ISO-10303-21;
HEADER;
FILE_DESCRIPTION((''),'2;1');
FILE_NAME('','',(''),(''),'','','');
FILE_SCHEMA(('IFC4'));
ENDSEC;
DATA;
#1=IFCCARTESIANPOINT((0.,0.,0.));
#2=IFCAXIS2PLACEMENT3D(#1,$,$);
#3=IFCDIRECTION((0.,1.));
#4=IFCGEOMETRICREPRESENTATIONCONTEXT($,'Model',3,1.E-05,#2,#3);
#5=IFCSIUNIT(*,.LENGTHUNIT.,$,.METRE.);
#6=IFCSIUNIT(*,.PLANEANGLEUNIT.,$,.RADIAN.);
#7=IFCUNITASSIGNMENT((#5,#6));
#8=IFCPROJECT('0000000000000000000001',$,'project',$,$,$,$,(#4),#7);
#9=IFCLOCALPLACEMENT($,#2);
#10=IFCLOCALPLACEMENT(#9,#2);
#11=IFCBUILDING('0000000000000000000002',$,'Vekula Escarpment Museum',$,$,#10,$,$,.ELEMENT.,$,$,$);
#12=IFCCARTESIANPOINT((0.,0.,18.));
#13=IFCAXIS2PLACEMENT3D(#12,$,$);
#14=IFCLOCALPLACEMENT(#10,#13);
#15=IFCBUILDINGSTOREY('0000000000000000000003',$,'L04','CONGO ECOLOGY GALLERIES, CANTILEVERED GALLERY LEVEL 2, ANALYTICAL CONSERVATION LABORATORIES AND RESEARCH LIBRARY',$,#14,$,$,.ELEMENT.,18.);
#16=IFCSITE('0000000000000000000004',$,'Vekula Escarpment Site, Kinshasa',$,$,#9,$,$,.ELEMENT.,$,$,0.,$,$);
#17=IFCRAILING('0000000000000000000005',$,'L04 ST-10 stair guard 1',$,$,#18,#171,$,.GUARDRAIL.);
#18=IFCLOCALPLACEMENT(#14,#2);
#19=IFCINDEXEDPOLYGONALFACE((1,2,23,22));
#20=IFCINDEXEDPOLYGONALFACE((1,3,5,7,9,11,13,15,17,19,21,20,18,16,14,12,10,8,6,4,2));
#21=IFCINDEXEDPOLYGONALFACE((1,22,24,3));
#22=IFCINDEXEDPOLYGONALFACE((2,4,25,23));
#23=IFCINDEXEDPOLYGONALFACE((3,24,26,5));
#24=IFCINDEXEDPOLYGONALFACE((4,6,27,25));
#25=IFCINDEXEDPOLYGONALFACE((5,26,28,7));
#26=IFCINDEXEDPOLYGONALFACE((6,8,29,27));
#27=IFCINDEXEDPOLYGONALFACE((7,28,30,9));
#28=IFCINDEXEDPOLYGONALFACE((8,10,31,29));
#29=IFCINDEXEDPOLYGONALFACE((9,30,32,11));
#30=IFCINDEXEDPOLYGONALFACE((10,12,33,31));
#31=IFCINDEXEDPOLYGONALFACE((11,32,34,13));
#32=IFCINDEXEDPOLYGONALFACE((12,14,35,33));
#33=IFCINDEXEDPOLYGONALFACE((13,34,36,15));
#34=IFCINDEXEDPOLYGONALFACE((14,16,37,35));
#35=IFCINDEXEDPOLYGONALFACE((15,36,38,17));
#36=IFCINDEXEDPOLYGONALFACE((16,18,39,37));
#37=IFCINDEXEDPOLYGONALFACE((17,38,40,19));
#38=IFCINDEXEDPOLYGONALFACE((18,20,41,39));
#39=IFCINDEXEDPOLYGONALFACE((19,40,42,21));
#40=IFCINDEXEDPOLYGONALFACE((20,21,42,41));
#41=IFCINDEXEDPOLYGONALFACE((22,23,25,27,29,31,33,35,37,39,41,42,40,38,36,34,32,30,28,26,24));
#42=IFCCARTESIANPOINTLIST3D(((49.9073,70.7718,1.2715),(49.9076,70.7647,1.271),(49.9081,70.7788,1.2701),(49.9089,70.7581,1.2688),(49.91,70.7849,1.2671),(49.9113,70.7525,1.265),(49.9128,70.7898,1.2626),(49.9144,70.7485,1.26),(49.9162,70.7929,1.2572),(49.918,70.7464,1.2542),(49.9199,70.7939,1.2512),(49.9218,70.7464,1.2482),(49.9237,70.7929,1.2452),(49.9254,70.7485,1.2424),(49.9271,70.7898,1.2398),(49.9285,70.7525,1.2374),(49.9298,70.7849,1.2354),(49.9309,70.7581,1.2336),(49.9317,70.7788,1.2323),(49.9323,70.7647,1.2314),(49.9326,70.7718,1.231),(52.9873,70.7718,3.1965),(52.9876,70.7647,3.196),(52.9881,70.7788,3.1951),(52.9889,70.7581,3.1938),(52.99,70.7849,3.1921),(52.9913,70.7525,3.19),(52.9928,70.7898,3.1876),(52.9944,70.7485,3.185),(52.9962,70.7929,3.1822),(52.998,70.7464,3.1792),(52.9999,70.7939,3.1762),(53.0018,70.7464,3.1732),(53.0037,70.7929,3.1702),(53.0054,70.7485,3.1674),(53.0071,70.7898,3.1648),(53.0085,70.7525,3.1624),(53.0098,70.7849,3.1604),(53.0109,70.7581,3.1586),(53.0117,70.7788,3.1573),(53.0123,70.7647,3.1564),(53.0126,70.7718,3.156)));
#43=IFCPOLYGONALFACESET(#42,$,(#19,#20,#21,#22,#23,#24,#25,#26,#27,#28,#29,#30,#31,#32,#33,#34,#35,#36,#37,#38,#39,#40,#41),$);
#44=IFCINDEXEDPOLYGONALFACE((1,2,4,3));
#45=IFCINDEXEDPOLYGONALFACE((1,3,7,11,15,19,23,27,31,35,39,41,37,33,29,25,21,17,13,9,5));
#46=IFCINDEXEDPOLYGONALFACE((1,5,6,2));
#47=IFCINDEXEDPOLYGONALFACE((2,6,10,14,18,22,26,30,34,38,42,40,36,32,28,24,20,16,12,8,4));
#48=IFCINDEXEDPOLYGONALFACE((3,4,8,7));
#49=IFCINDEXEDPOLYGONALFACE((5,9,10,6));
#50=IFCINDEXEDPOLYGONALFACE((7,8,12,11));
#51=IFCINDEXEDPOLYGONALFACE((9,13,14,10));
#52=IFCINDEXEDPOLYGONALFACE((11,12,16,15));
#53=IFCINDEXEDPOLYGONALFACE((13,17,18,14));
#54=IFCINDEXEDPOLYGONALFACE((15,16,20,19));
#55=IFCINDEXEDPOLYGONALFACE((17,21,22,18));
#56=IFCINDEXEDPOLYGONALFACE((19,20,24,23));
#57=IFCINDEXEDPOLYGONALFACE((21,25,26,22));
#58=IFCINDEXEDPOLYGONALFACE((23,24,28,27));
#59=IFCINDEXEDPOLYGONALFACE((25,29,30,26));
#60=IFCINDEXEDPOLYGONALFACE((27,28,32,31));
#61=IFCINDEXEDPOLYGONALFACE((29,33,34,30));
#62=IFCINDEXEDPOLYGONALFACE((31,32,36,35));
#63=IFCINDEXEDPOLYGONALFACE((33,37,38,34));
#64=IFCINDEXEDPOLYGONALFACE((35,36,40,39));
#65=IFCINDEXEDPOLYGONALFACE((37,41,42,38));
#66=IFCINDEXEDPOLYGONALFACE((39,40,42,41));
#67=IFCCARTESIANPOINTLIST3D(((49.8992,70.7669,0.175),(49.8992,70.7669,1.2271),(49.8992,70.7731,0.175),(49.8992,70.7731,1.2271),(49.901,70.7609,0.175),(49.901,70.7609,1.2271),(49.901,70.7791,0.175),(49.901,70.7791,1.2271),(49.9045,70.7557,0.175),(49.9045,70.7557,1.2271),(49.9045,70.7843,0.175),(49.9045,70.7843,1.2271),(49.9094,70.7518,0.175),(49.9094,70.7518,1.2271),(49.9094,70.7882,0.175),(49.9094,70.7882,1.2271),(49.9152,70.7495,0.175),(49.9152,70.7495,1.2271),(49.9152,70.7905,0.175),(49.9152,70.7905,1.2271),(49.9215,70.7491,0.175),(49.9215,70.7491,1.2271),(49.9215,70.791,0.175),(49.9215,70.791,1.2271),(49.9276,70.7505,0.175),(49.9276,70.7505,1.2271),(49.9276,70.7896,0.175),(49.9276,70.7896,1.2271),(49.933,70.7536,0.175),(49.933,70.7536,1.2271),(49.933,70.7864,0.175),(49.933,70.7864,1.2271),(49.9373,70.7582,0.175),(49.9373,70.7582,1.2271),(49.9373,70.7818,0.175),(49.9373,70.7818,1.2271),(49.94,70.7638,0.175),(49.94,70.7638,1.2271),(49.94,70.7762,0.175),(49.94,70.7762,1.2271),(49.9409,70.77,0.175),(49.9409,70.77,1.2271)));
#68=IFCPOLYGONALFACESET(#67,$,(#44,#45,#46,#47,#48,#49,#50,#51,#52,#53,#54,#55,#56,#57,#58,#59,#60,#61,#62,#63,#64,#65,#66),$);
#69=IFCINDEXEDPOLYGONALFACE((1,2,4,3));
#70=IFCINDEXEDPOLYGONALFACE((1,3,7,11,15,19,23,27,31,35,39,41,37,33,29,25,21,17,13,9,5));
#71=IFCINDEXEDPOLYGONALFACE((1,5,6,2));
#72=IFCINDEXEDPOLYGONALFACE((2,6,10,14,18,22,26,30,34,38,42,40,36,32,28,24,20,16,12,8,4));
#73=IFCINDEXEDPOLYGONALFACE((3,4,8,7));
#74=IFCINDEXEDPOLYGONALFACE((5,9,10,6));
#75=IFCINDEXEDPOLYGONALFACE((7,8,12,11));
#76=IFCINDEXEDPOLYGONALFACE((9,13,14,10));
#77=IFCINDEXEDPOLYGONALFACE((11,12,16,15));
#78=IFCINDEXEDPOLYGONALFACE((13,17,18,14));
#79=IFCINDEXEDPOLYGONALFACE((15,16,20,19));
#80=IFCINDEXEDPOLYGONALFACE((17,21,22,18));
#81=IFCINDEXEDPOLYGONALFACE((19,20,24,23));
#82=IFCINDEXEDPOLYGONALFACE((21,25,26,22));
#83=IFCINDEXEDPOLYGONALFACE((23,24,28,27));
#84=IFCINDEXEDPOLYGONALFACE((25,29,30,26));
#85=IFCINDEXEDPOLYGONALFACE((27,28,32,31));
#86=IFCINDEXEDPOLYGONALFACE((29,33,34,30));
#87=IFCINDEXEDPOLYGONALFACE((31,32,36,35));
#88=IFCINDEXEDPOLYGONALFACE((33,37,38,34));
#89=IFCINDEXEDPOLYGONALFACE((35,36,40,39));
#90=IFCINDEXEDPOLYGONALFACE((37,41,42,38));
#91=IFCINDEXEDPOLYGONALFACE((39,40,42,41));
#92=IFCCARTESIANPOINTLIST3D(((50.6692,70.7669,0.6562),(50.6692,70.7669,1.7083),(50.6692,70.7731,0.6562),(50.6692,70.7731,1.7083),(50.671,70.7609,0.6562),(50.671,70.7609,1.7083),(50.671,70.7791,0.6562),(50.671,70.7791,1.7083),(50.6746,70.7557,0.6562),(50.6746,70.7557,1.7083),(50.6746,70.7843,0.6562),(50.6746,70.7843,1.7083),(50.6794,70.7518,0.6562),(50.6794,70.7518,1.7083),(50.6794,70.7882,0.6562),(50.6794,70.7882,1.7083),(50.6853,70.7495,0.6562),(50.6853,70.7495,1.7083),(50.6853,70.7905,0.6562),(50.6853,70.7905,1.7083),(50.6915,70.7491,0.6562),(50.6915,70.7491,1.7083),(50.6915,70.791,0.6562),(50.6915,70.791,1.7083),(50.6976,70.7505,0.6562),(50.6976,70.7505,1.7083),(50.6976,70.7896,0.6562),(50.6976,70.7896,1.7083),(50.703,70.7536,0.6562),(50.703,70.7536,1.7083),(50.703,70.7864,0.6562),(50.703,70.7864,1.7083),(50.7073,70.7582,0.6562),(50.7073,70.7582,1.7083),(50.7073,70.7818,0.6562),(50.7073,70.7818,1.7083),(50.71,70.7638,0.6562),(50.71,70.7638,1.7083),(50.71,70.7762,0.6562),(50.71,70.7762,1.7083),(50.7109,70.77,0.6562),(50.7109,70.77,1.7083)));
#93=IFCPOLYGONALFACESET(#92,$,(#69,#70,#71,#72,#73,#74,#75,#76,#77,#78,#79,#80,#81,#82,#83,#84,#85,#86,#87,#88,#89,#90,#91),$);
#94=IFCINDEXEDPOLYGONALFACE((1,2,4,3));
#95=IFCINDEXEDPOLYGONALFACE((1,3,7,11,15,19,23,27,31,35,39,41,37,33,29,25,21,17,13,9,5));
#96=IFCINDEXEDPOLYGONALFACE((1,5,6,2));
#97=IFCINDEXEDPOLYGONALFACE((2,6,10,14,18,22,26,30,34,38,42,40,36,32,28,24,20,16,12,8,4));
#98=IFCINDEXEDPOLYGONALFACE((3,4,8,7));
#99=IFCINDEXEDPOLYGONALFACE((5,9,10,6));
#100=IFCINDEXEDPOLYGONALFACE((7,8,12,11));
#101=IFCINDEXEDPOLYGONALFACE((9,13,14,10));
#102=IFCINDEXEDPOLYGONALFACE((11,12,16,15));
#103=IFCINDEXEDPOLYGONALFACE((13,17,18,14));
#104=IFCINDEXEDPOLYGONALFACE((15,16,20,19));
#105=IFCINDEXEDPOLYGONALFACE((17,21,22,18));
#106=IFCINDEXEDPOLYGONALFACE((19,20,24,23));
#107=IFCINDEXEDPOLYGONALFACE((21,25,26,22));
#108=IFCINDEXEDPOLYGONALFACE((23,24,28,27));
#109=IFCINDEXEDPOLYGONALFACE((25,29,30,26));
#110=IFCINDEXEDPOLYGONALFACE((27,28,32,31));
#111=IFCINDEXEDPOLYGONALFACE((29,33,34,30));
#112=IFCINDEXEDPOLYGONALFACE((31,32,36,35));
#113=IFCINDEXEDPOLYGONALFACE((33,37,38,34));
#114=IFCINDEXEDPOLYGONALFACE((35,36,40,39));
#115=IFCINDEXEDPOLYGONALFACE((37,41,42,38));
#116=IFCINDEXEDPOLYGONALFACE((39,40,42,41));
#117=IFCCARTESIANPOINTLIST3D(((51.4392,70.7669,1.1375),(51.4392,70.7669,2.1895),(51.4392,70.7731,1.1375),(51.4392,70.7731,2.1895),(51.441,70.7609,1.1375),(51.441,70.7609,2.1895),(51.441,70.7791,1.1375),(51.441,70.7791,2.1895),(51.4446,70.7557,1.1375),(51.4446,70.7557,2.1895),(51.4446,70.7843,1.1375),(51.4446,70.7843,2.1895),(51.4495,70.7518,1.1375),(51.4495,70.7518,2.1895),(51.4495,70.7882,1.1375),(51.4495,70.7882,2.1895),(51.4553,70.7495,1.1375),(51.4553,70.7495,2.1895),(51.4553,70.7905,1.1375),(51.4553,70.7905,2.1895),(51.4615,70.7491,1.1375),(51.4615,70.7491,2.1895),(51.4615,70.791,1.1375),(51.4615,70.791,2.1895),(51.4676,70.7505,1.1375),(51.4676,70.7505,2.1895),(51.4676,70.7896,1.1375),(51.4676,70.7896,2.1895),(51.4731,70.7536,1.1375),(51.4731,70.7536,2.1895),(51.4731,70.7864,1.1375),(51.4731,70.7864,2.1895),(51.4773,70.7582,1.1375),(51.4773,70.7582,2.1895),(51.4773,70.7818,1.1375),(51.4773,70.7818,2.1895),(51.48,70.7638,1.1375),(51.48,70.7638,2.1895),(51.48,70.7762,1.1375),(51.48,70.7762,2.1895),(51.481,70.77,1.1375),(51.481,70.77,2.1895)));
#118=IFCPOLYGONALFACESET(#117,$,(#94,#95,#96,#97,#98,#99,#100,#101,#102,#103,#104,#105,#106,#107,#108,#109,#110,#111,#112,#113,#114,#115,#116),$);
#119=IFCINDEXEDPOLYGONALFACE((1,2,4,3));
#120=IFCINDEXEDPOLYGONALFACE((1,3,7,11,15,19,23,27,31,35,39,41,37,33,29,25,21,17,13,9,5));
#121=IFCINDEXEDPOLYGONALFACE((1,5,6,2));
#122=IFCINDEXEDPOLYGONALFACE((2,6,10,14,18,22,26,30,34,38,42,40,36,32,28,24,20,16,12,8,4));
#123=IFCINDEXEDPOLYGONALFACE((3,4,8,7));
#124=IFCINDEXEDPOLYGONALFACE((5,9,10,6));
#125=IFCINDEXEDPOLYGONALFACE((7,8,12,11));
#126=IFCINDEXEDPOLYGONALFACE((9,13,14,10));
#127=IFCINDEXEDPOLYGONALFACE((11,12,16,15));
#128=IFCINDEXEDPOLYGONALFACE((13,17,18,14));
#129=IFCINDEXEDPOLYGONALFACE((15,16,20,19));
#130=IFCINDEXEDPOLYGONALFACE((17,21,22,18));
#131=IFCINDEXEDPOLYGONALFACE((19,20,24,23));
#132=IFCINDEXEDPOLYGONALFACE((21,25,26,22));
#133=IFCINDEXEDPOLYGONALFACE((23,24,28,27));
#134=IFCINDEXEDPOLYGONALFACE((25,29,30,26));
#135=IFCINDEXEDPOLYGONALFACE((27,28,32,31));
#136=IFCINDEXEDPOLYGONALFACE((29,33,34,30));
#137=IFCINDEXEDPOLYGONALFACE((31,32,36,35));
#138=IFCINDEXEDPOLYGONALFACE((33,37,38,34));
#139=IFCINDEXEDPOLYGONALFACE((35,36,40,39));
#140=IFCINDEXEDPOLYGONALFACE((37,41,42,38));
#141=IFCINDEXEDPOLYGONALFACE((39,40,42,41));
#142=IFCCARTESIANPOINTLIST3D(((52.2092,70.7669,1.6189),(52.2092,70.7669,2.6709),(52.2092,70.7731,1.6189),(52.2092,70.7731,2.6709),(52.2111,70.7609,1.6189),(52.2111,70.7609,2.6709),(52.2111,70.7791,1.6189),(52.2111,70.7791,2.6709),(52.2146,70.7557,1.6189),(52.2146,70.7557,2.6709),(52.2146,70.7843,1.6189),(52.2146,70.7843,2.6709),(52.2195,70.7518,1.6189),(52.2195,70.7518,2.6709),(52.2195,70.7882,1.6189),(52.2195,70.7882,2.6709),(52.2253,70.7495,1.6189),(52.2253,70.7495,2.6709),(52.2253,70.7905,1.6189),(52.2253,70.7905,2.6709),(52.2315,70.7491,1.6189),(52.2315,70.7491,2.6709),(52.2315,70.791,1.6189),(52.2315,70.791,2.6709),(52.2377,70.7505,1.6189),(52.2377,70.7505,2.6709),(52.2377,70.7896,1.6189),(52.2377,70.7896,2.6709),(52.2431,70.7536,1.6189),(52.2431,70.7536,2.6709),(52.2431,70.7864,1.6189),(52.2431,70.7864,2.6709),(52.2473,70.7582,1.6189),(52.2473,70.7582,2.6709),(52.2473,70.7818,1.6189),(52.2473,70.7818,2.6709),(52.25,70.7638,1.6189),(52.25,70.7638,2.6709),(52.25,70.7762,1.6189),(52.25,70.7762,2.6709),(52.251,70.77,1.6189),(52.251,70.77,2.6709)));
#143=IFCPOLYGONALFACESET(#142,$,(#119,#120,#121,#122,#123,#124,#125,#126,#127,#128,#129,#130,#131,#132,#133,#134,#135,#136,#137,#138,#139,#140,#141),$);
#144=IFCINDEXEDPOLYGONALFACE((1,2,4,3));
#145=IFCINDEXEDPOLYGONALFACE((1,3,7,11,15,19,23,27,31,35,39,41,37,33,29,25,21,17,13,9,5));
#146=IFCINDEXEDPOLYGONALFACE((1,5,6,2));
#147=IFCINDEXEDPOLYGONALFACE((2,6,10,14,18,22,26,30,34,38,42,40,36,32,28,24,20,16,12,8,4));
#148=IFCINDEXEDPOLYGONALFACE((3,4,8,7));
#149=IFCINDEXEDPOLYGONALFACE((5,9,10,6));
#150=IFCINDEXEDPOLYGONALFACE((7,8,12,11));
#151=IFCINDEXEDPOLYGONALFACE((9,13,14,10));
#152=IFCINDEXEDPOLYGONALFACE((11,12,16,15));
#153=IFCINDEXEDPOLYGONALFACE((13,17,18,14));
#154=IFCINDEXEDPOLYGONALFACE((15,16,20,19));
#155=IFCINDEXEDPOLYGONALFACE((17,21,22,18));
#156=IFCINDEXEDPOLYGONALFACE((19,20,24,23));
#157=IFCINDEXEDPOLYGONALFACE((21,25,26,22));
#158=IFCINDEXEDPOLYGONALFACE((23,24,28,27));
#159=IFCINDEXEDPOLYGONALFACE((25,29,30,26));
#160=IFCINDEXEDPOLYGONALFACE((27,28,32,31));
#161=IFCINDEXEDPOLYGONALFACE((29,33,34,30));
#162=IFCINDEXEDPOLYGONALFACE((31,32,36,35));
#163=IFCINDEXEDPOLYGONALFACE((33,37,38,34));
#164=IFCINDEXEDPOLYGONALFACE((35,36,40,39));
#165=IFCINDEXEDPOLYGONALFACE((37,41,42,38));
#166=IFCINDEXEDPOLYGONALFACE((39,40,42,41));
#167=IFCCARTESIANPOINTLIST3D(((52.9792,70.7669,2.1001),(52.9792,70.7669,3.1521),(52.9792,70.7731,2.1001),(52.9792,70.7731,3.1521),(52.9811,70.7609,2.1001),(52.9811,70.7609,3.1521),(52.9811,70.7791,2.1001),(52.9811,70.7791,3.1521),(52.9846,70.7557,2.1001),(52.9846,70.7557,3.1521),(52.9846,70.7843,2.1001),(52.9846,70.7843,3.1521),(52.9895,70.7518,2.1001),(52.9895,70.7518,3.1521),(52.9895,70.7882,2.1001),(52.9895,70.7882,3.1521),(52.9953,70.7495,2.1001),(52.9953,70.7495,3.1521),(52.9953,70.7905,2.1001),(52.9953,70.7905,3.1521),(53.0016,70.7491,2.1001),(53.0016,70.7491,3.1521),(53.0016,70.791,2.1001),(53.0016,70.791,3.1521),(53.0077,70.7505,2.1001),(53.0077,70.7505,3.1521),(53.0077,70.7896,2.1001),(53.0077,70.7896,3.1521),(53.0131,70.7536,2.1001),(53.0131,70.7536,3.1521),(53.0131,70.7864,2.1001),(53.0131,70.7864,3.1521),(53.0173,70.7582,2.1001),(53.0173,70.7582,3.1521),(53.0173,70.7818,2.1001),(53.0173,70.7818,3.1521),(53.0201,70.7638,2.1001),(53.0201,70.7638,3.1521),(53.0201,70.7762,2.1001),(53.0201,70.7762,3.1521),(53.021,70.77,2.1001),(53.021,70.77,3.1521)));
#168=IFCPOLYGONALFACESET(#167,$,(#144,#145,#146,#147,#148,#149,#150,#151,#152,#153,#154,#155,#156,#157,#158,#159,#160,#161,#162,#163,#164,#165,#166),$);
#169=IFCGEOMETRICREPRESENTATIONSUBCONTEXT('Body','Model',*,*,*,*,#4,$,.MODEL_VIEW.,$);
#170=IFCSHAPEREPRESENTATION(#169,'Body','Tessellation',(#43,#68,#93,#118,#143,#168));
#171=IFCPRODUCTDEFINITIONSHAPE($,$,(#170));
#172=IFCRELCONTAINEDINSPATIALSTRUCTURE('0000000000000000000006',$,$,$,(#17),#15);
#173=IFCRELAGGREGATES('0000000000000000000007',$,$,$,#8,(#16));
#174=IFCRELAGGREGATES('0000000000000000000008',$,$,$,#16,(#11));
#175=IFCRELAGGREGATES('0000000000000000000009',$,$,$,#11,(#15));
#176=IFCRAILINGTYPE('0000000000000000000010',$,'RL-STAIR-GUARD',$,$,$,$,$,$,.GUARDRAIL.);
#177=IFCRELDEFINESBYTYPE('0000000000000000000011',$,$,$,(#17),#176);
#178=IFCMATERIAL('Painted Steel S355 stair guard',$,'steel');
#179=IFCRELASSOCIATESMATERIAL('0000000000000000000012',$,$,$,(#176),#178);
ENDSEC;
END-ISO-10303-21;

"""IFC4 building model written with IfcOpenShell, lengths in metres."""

from ifc_helpers import new_model, si_unit, direction, frame, origin, origin_2d, place, context, subcontext, project, spatial, circle, extrude, material, type_object, element, save


model = new_model("IFC4")

# Units and contexts
model_context = context("Model", 3, precision=1e-05, world=origin(), true_north=direction((0.0, 1.0)))
body_context = subcontext(model_context, "Body", "Model", "MODEL_VIEW")
ifc_project = project(units=[si_unit("LENGTHUNIT", "METRE"), si_unit("PLANEANGLEUNIT", "RADIAN")], contexts=[model_context])

# Site, building, storey
site_placement = place(None, origin())
site = spatial("IfcSite", under=ifc_project, at=site_placement, Name="Vekula Escarpment Site, Kinshasa", CompositionType="ELEMENT", RefElevation=0.0)
building_placement = place(site_placement, origin())
building = spatial("IfcBuilding", under=site, at=building_placement, Name="Vekula Escarpment Museum", CompositionType="ELEMENT")
storey_placement = place(building_placement, frame((0.0, 0.0, 18.0)))
storey = spatial("IfcBuildingStorey", under=building, at=storey_placement, Name="L04", Description="CONGO ECOLOGY GALLERIES, CANTILEVERED GALLERY LEVEL 2, ANALYTICAL CONSERVATION LABORATORIES AND RESEARCH LIBRARY", CompositionType="ELEMENT", Elevation=18.0)

# Railing
ifc_material_1 = material(Name="Painted Steel S355 stair guard", Category="steel")
railing_type_1 = type_object("IfcRailingType", Name="RL-STAIR-GUARD", PredefinedType="GUARDRAIL", material=ifc_material_1)
railing_1_placement = place(storey_placement, frame((49.9199, 70.77, 0.175)))
element("IfcRailing", 1, at=railing_1_placement, inside=storey, type_object=railing_type_1, Name="L04 ST-10 stair guard 1", PredefinedType="GUARDRAIL", context=body_context, shape_type="SweptSolid", body=[
    extrude(circle(Radius=0.0239, at=origin_2d()), frame((0.0, 0.0, 1.0762), z_axis=(0.847998, 0.0, 0.529999), x_axis=(0.0, 1.0, 0.0)), (0.0, 0.0, 1.0), 3.6321),
    extrude(circle(Radius=0.021, at=origin_2d()), origin(), (0.0, 0.0, 1.0), 1.052),
    extrude(circle(Radius=0.021, at=origin_2d()), frame((0.77, 0.0, 0.4812)), (0.0, 0.0, 1.0), 1.052),
    extrude(circle(Radius=0.021, at=origin_2d()), frame((1.54, 0.0, 0.9624)), (0.0, 0.0, 1.0), 1.052),
    extrude(circle(Radius=0.021, at=origin_2d()), frame((2.3101, 0.0, 1.4438)), (0.0, 0.0, 1.0), 1.052),
    extrude(circle(Radius=0.021, at=origin_2d()), frame((3.0801, 0.0, 1.925)), (0.0, 0.0, 1.0), 1.052),
])

save(model, "model.ifc")
